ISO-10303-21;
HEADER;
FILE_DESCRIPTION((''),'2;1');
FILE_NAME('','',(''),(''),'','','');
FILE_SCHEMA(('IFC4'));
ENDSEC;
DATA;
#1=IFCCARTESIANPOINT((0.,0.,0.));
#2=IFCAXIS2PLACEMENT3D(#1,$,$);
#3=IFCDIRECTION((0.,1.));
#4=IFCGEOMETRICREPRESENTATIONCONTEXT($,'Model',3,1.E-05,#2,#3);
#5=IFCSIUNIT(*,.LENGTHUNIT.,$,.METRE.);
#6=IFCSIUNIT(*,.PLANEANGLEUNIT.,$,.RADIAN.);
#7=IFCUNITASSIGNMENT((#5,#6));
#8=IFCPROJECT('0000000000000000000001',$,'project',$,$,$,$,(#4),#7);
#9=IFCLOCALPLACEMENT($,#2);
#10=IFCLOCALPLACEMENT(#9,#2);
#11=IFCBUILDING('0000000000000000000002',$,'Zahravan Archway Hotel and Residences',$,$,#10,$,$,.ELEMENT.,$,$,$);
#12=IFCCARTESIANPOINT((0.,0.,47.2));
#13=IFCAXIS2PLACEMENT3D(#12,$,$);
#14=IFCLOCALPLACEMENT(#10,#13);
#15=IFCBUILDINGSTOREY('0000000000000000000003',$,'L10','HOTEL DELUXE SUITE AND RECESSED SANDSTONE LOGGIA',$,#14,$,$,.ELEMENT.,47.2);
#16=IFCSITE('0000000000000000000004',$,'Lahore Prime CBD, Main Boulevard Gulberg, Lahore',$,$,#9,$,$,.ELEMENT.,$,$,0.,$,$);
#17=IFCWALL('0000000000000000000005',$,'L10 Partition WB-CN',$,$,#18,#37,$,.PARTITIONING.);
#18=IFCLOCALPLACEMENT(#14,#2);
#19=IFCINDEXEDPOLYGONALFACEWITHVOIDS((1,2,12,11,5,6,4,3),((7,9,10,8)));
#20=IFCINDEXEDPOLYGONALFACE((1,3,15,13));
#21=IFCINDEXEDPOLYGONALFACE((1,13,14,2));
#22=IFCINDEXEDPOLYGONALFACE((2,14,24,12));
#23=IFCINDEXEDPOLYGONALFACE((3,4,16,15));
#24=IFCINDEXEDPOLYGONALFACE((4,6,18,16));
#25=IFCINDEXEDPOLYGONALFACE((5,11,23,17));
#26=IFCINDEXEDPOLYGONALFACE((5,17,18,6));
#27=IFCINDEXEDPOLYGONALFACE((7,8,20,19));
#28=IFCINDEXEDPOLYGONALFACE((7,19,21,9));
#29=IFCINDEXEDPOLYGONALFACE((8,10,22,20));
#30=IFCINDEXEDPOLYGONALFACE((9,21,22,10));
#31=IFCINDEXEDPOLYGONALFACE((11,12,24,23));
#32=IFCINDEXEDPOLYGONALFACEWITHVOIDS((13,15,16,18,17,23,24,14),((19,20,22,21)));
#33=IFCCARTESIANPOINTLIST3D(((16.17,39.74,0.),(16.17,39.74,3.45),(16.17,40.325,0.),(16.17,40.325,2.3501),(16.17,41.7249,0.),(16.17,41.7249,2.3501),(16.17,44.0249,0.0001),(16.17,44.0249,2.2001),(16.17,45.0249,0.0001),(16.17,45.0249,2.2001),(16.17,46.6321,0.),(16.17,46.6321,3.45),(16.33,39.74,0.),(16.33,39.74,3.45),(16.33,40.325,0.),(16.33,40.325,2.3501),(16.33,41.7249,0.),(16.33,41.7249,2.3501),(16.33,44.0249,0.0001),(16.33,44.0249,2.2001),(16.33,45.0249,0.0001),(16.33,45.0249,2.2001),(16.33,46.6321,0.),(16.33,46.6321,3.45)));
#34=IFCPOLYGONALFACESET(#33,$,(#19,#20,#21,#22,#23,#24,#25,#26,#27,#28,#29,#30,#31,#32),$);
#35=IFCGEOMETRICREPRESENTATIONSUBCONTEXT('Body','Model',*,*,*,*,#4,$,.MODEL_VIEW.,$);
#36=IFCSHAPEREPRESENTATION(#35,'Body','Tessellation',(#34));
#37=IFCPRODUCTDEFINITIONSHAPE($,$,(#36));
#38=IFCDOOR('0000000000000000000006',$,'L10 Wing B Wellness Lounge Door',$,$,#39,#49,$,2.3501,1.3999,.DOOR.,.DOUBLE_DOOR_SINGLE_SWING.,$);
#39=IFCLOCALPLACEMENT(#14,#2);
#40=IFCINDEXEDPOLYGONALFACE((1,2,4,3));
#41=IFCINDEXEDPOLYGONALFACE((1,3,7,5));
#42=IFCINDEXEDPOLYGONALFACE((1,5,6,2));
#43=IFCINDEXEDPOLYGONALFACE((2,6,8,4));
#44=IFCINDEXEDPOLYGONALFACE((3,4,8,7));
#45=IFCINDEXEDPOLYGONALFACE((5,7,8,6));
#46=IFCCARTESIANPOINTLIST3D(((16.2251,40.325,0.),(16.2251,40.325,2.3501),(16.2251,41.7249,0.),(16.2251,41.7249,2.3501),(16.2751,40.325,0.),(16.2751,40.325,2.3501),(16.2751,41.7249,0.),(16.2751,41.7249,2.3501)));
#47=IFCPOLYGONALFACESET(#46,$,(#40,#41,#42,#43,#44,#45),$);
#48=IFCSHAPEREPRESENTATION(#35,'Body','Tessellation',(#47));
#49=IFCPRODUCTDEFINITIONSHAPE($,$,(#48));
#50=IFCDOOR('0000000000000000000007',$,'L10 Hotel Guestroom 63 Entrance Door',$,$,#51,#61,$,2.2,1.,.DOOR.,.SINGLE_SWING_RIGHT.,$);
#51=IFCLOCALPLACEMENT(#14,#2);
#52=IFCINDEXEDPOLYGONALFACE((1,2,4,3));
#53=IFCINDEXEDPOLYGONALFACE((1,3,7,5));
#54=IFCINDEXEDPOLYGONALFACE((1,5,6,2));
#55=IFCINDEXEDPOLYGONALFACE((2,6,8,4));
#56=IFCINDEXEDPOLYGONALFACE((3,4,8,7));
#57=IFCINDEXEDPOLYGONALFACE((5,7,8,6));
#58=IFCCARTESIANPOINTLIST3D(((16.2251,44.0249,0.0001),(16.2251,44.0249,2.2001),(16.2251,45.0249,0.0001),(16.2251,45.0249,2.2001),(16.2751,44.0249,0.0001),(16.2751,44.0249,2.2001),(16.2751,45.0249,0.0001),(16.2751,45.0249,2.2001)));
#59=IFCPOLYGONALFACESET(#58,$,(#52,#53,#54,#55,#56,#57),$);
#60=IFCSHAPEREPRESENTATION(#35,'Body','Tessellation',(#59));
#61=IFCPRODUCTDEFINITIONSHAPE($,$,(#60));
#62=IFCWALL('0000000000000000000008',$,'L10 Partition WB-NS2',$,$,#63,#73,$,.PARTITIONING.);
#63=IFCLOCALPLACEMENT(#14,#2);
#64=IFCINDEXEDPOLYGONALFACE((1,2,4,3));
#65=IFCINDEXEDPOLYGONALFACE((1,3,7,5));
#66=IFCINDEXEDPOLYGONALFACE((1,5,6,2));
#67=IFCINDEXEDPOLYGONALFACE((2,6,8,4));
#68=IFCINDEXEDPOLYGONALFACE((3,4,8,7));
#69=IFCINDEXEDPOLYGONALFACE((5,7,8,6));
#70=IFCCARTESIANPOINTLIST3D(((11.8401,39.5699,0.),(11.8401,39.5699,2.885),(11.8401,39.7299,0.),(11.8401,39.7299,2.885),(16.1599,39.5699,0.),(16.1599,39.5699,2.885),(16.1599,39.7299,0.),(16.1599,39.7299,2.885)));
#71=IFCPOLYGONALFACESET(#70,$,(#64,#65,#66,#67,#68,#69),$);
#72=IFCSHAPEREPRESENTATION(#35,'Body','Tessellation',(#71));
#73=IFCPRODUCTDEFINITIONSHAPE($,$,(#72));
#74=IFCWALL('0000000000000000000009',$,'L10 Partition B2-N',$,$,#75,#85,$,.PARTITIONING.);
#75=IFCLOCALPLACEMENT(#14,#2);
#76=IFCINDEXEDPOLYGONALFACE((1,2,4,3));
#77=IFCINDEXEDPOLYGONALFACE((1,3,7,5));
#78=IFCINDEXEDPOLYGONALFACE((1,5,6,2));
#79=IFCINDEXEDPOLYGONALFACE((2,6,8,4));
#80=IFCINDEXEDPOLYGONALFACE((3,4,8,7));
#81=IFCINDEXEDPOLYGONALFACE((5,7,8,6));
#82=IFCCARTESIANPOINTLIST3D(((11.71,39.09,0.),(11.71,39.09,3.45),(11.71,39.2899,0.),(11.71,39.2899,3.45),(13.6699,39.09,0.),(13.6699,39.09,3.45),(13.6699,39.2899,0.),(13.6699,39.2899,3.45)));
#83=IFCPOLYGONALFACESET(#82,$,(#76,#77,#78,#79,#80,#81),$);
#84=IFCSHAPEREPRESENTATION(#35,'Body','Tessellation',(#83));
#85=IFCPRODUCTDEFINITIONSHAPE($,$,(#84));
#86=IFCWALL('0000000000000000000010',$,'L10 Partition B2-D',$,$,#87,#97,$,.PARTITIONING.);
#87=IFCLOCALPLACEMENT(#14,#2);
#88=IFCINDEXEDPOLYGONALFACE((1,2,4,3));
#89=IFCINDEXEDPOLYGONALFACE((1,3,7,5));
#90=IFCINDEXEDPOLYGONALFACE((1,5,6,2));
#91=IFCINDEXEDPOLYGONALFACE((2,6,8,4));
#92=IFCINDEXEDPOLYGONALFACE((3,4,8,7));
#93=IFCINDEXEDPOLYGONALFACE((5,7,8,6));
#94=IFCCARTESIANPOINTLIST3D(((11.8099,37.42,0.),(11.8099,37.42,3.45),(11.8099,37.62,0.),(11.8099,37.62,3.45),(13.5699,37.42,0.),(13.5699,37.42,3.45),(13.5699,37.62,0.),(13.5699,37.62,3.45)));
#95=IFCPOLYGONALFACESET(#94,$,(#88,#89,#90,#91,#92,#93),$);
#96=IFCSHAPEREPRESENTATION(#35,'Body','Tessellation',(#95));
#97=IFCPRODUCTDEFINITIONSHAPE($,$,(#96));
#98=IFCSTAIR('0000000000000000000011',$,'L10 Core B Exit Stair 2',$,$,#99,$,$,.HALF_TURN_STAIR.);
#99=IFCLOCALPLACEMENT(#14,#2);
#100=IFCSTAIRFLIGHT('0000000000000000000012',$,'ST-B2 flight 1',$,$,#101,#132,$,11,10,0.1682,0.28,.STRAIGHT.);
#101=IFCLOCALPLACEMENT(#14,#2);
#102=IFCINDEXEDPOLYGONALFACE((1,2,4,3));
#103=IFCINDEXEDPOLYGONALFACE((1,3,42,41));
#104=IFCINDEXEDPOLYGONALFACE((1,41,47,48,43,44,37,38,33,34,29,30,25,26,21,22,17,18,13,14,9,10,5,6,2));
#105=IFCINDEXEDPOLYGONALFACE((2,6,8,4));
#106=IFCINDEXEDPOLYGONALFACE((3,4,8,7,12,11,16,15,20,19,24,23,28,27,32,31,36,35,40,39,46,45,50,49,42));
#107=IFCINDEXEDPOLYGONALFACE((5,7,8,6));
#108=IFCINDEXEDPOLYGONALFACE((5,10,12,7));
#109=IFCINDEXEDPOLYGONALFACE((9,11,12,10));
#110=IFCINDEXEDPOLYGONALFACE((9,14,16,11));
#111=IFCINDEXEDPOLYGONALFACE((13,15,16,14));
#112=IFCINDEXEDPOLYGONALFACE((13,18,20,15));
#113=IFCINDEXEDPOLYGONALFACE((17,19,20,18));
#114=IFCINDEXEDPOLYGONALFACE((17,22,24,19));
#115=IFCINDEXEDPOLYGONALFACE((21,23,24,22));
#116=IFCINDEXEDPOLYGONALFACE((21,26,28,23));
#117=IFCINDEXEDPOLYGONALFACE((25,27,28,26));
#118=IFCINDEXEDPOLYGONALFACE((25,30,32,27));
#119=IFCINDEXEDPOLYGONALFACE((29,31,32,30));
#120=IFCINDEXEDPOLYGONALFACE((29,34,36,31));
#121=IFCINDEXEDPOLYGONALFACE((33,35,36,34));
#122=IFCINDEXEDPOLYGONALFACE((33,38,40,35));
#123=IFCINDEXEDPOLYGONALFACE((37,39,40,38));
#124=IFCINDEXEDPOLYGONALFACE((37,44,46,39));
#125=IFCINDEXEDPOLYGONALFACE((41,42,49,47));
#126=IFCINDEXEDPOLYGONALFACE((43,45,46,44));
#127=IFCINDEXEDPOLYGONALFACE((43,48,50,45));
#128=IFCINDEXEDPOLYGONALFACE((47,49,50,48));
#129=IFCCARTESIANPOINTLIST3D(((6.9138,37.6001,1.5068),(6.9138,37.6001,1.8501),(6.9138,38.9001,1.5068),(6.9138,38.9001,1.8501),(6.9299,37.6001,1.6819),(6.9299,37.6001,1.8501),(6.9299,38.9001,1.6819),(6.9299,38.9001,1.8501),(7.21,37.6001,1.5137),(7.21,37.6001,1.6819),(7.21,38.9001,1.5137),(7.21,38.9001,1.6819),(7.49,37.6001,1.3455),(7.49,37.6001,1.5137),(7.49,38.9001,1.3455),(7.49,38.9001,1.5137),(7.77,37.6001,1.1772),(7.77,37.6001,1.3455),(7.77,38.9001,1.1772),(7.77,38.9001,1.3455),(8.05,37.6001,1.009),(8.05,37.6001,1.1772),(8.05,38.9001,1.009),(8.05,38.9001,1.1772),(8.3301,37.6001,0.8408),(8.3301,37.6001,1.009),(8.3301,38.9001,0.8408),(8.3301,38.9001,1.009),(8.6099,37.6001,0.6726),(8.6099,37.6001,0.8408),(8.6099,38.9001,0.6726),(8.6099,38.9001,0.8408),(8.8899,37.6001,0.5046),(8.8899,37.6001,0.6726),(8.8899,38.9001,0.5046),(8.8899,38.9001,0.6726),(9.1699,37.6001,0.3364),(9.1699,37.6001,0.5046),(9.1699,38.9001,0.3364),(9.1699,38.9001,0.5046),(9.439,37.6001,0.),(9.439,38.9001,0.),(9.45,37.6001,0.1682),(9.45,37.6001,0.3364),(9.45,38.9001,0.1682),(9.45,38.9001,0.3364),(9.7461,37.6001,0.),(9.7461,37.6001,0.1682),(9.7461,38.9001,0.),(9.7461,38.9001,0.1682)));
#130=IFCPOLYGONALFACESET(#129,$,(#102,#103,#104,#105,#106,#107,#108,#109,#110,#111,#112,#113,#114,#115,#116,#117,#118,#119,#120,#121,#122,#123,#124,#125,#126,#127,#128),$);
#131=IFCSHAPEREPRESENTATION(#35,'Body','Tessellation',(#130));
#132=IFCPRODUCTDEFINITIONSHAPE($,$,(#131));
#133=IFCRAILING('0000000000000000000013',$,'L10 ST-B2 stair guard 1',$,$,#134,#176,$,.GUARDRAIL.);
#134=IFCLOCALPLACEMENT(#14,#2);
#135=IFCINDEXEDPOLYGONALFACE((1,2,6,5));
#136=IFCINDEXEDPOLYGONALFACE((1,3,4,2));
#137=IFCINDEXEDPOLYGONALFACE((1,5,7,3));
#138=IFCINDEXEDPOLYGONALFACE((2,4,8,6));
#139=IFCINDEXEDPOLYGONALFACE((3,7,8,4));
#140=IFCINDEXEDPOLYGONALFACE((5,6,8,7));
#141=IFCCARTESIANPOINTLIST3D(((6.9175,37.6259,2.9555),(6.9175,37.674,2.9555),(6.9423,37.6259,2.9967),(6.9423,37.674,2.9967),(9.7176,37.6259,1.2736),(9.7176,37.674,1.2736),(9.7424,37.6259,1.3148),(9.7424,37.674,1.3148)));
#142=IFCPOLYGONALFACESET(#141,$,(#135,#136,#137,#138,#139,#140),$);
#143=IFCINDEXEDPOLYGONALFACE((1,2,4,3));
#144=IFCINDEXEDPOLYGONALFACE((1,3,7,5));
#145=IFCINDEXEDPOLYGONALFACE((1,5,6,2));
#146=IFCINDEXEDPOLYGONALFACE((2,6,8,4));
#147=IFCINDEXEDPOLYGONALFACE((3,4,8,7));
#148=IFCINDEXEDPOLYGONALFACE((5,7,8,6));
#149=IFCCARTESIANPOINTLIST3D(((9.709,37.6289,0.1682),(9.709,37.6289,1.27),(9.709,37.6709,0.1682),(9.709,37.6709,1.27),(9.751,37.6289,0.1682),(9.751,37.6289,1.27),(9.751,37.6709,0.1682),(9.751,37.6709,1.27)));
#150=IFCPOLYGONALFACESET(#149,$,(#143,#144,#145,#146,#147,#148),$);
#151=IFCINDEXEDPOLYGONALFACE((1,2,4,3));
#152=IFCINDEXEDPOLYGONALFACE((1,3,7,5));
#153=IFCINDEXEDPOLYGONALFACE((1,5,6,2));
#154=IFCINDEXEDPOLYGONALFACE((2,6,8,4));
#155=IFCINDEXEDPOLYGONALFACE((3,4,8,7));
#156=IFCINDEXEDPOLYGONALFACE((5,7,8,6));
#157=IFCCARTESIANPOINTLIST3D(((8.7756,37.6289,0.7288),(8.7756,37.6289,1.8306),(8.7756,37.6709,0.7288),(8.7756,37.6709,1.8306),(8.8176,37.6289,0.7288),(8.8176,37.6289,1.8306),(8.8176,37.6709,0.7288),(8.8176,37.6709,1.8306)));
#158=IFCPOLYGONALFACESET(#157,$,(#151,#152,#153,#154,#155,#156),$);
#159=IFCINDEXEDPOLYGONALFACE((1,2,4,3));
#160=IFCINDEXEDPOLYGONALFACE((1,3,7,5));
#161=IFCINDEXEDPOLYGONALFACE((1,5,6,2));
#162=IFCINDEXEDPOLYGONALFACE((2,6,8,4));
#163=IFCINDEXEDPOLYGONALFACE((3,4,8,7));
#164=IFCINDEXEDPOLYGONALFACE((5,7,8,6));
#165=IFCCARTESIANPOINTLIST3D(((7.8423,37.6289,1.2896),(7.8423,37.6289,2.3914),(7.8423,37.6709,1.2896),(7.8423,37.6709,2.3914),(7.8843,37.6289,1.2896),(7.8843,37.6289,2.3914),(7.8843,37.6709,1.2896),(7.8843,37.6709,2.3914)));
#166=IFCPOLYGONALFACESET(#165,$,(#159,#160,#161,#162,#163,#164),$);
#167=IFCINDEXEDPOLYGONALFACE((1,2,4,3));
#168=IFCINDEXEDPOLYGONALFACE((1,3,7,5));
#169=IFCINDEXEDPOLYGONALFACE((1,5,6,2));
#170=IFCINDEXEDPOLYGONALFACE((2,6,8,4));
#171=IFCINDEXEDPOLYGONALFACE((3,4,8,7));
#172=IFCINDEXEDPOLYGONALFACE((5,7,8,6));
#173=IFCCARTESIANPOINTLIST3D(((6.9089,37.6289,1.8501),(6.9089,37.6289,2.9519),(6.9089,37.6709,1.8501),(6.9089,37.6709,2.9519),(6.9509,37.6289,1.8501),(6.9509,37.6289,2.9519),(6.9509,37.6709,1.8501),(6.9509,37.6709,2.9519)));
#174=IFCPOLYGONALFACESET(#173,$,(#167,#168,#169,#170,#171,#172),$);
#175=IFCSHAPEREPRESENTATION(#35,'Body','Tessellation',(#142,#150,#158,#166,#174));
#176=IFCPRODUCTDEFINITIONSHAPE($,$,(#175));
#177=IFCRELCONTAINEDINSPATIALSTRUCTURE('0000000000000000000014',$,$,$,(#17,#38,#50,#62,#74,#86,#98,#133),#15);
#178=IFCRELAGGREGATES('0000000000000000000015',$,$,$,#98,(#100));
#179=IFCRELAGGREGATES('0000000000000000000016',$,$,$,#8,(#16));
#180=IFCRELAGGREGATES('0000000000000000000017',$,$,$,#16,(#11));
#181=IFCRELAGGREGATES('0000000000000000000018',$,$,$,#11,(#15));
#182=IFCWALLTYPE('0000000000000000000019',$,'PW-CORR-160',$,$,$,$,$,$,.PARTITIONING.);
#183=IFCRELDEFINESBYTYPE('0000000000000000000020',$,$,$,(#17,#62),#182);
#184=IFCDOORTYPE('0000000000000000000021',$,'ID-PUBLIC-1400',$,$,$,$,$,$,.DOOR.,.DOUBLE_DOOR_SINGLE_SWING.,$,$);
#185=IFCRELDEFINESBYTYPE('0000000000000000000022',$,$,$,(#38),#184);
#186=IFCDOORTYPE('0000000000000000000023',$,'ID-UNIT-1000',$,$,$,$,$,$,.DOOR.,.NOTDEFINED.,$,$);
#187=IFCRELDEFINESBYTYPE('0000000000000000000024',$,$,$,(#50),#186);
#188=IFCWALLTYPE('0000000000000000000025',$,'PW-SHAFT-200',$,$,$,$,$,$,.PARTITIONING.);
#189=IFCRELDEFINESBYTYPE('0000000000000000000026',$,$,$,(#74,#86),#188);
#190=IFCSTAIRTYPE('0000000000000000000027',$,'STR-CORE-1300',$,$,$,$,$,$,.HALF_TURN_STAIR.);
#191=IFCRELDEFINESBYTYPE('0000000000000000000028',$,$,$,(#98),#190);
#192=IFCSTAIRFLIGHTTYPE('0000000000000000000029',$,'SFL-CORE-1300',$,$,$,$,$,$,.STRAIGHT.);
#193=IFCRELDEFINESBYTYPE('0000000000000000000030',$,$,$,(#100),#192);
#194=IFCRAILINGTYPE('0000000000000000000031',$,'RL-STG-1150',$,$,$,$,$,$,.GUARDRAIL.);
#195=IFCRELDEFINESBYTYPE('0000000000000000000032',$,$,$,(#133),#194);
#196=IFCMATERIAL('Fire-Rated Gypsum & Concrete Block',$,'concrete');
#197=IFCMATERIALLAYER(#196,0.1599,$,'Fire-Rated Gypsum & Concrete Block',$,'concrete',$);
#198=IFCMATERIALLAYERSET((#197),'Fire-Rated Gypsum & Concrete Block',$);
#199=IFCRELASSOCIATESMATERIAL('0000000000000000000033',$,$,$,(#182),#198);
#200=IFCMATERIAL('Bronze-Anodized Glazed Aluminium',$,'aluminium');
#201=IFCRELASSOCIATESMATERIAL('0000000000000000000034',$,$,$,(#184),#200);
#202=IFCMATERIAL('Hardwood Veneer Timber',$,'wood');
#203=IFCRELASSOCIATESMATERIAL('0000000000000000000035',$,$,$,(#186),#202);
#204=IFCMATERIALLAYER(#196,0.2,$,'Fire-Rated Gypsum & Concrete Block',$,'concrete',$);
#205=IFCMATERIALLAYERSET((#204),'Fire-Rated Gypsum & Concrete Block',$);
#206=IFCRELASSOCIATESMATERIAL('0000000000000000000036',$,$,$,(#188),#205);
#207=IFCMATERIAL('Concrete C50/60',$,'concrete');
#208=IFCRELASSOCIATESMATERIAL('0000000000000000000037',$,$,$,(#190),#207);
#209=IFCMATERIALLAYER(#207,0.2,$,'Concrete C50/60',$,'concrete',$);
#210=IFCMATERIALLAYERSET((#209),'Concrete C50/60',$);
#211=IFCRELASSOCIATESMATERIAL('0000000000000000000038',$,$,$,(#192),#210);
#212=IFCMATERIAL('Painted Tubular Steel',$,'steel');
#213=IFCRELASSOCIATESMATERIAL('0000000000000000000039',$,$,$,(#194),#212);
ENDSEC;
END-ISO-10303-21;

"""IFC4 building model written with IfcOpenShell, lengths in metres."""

from ifc_helpers import new_model, si_unit, direction, frame, frame_2d, origin, origin_2d, place, context, subcontext, project, spatial, polyline, rectangle, outline, extrude, source, transform, mapped, material, layer, layer_set, type_object, type_shapes, element, fill, aggregate, save


model = new_model("IFC4")

# Units and contexts
model_context = context("Model", 3, precision=1e-05, world=origin(), true_north=direction((0.0, 1.0)))
body_context = subcontext(model_context, "Body", "Model", "MODEL_VIEW")
ifc_project = project(units=[si_unit("LENGTHUNIT", "METRE"), si_unit("PLANEANGLEUNIT", "RADIAN")], contexts=[model_context])

# Site, building, storey
site_placement = place(None, origin())
site = spatial("IfcSite", under=ifc_project, at=site_placement, Name="Lahore Prime CBD, Main Boulevard Gulberg, Lahore", CompositionType="ELEMENT", RefElevation=0.0)
building_placement = place(site_placement, origin())
building = spatial("IfcBuilding", under=site, at=building_placement, Name="Zahravan Archway Hotel and Residences", CompositionType="ELEMENT")
storey_placement = place(building_placement, frame((0.0, 0.0, 47.2)))
storey = spatial("IfcBuildingStorey", under=building, at=storey_placement, Name="L10", Description="HOTEL DELUXE SUITE AND RECESSED SANDSTONE LOGGIA", CompositionType="ELEMENT", Elevation=47.2)

# Wall, openings, doors
ifc_material_1 = material(Name="Fire-Rated Gypsum & Concrete Block", Category="concrete")
ifc_layer_1 = layer(ifc_material_1, 0.1599, Name="Fire-Rated Gypsum & Concrete Block", Category="concrete")
ifc_layer_set_1 = layer_set([ifc_layer_1], Name="Fire-Rated Gypsum & Concrete Block")
wall_type_1 = type_object("IfcWallType", Name="PW-CORR-160", PredefinedType="PARTITIONING", material=ifc_layer_set_1)
wall_1_placement = place(storey_placement, frame((16.25, 39.74, 0.0), z_axis=(0.0, 0.0, 1.0), x_axis=(0.0, 1.0, 0.0)))
wall_1 = element("IfcWall", 1, at=wall_1_placement, inside=storey, type_object=wall_type_1, Name="L10 Partition WB-CN", PredefinedType="PARTITIONING", context=body_context, shape_type="SweptSolid", body=[
    extrude(rectangle(XDim=6.8921, YDim=0.1599, at=frame_2d((3.446, 0.0))), origin(), (0.0, 0.0, 1.0), 3.45),
])
opening_1_placement = place(wall_1_placement, frame((0.585, 0.0, 0.0)))
opening_1 = element("IfcOpeningElement", 2, at=opening_1_placement, cuts=wall_1, PredefinedType="OPENING", context=body_context, shape_type="SweptSolid", body=[
    extrude(rectangle(XDim=1.3999, YDim=2.3501, at=frame_2d((0.7, 1.175))), frame((0.0, 0.0898, 0.0), z_axis=(0.0, -1.0, 0.0), x_axis=(1.0, 0.0, 0.0)), (0.0, 0.0, 1.0), 0.1799),
])
opening_2_placement = place(wall_1_placement, frame((4.2849, 0.0, 0.0)))
opening_2 = element("IfcOpeningElement", 3, at=opening_2_placement, cuts=wall_1, PredefinedType="OPENING", context=body_context, shape_type="SweptSolid", body=[
    extrude(rectangle(XDim=1.0, YDim=2.2, at=frame_2d((0.5, 1.1001))), frame((0.0, 0.0898, 0.0), z_axis=(0.0, -1.0, 0.0), x_axis=(1.0, 0.0, 0.0)), (0.0, 0.0, 1.0), 0.1799),
])
ifc_material_2 = material(Name="Bronze-Anodized Glazed Aluminium", Category="aluminium")
door_type_1 = type_object("IfcDoorType", Name="ID-PUBLIC-1400", OperationType="DOUBLE_DOOR_SINGLE_SWING", PredefinedType="DOOR", material=ifc_material_2)
shared_shape_1 = source(origin(), body_context, "Body", "SweptSolid", [
    extrude(rectangle(XDim=1.3999, YDim=2.3501, at=frame_2d((0.7, 1.175))), frame((0.0, 0.0249, 0.0), z_axis=(0.0, -1.0, 0.0), x_axis=(1.0, 0.0, 0.0)), (0.0, 0.0, 1.0), 0.05),
])
type_shapes(door_type_1, [shared_shape_1])
door_1_placement = place(opening_1_placement, origin())
door_1 = element("IfcDoor", 4, at=door_1_placement, inside=storey, type_object=door_type_1, Name="L10 Wing B Wellness Lounge Door", OperationType="DOUBLE_DOOR_SINGLE_SWING", OverallHeight=2.3501, OverallWidth=1.3999, PredefinedType="DOOR", context=body_context, shape_type="MappedRepresentation", body=[
    mapped(shared_shape_1, transform((0.0, 0.0, 0.0), scale=1.0)),
])
fill(opening_1, door_1)
ifc_material_3 = material(Name="Hardwood Veneer Timber", Category="wood")
door_type_2 = type_object("IfcDoorType", Name="ID-UNIT-1000", OperationType="NOTDEFINED", PredefinedType="DOOR", material=ifc_material_3)
shared_shape_2 = source(origin(), body_context, "Body", "SweptSolid", [
    extrude(rectangle(XDim=1.0, YDim=2.2, at=frame_2d((0.5, 1.1001))), frame((0.0, 0.0249, 0.0), z_axis=(0.0, -1.0, 0.0), x_axis=(1.0, 0.0, 0.0)), (0.0, 0.0, 1.0), 0.05),
])
type_shapes(door_type_2, [shared_shape_2])
door_2_placement = place(opening_2_placement, origin())
door_2 = element("IfcDoor", 5, at=door_2_placement, inside=storey, type_object=door_type_2, Name="L10 Hotel Guestroom 63 Entrance Door", OperationType="SINGLE_SWING_RIGHT", OverallHeight=2.2, OverallWidth=1.0, PredefinedType="DOOR", context=body_context, shape_type="MappedRepresentation", body=[
    mapped(shared_shape_2, transform((0.0, 0.0, 0.0), scale=1.0)),
])
fill(opening_2, door_2)

# Walls
wall_2_placement = place(storey_placement, frame((11.8401, 39.6499, 0.0), z_axis=(0.0, 0.0, 1.0), x_axis=(1.0, 0.0, 0.0)))
element("IfcWall", 6, at=wall_2_placement, inside=storey, type_object=wall_type_1, Name="L10 Partition WB-NS2", PredefinedType="PARTITIONING", context=body_context, shape_type="SweptSolid", body=[
    extrude(rectangle(XDim=4.3198, YDim=0.1599, at=frame_2d((2.1599, 0.0))), origin(), (0.0, 0.0, 1.0), 2.885),
])
ifc_layer_2 = layer(ifc_material_1, 0.2, Name="Fire-Rated Gypsum & Concrete Block", Category="concrete")
ifc_layer_set_2 = layer_set([ifc_layer_2], Name="Fire-Rated Gypsum & Concrete Block")
wall_type_2 = type_object("IfcWallType", Name="PW-SHAFT-200", PredefinedType="PARTITIONING", material=ifc_layer_set_2)
wall_3_placement = place(storey_placement, frame((11.71, 39.1899, 0.0), z_axis=(0.0, 0.0, 1.0), x_axis=(1.0, 0.0, 0.0)))
element("IfcWall", 7, at=wall_3_placement, inside=storey, type_object=wall_type_2, Name="L10 Partition B2-N", PredefinedType="PARTITIONING", context=body_context, shape_type="SweptSolid", body=[
    extrude(rectangle(XDim=1.96, YDim=0.2, at=frame_2d((0.98, 0.0))), origin(), (0.0, 0.0, 1.0), 3.45),
])
wall_4_placement = place(storey_placement, frame((11.8101, 37.52, 0.0), z_axis=(0.0, 0.0, 1.0), x_axis=(1.0, 0.0, 0.0)))
element("IfcWall", 8, at=wall_4_placement, inside=storey, type_object=wall_type_2, Name="L10 Partition B2-D", PredefinedType="PARTITIONING", context=body_context, shape_type="SweptSolid", body=[
    extrude(rectangle(XDim=1.76, YDim=0.2, at=frame_2d((0.8799, 0.0))), origin(), (0.0, 0.0, 1.0), 3.45),
])

# Stair, stair flight
ifc_material_4 = material(Name="Concrete C50/60", Category="concrete")
stair_type = type_object("IfcStairType", Name="STR-CORE-1300", PredefinedType="HALF_TURN_STAIR", material=ifc_material_4)
stair_placement = place(storey_placement, origin())
stair = element("IfcStair", 9, at=stair_placement, inside=storey, type_object=stair_type, Name="L10 Core B Exit Stair 2", PredefinedType="HALF_TURN_STAIR")
ifc_layer_3 = layer(ifc_material_4, 0.2, Name="Concrete C50/60", Category="concrete")
ifc_layer_set_3 = layer_set([ifc_layer_3], Name="Concrete C50/60")
stair_flight_type = type_object("IfcStairFlightType", Name="SFL-CORE-1300", PredefinedType="STRAIGHT", material=ifc_layer_set_3)
shared_shape_3 = source(origin(), body_context, "Body", "SweptSolid", [
    extrude(outline(polyline([(-0.0161, 0.0), (-0.0161, 0.1682), (0.28, 0.1682), (0.28, 0.3364), (0.5601, 0.3364), (0.5601, 0.5046), (0.8401, 0.5046), (0.8401, 0.6726), (1.1201, 0.6726), (1.1201, 0.8408), (1.3999, 0.8408), (1.3999, 1.009), (1.6799, 1.009), (1.6799, 1.1772), (1.96, 1.1772), (1.96, 1.3455), (2.24, 1.3455), (2.24, 1.5137), (2.52, 1.5137), (2.52, 1.6819), (2.8, 1.6819), (2.8, 1.8501), (2.8162, 1.8501), (2.8162, 1.5068), (0.291, 0.0), (-0.0161, 0.0)])), frame((0.0, 0.6499, 0.0), z_axis=(0.0, -1.0, 0.0), x_axis=(1.0, 0.0, 0.0)), (0.0, 0.0, 1.0), 1.3),
])
stair_flight_placement = place(storey_placement, frame((9.73, 38.25, 0.0), z_axis=(0.0, 0.0, 1.0), x_axis=(-1.0, 0.0, 0.0)))
stair_flight = element("IfcStairFlight", 10, at=stair_flight_placement, type_object=stair_flight_type, Name="ST-B2 flight 1", NumberOfRisers=11, NumberOfTreads=10, PredefinedType="STRAIGHT", RiserHeight=0.1682, TreadLength=0.28, context=body_context, shape_type="MappedRepresentation", body=[
    mapped(shared_shape_3, transform((0.0, 0.0, 0.0), scale=1.0)),
])
aggregate(stair, [stair_flight])

# Railing
ifc_material_5 = material(Name="Painted Tubular Steel", Category="steel")
railing_type_1 = type_object("IfcRailingType", Name="RL-STG-1150", PredefinedType="GUARDRAIL", material=ifc_material_5)
railing_1_placement = place(storey_placement, frame((9.73, 37.6499, 0.1682)))
element("IfcRailing", 11, at=railing_1_placement, inside=storey, type_object=railing_type_1, Name="L10 ST-B2 stair guard 1", PredefinedType="GUARDRAIL", context=body_context, shape_type="SweptSolid", body=[
    extrude(rectangle(XDim=0.0481, YDim=0.0481, at=origin_2d()), frame((0.0, 0.0, 1.126), z_axis=(-0.857242, 0.0, 0.514913), x_axis=(0.0, -1.0, 0.0)), (0.0, 0.0, 1.0), 3.2664),
    extrude(rectangle(XDim=0.042, YDim=0.042, at=origin_2d()), origin(), (0.0, 0.0, 1.0), 1.1018),
    extrude(rectangle(XDim=0.042, YDim=0.042, at=origin_2d()), frame((-0.9333, 0.0, 0.5605)), (0.0, 0.0, 1.0), 1.1018),
    extrude(rectangle(XDim=0.042, YDim=0.042, at=origin_2d()), frame((-1.8667, 0.0, 1.1213)), (0.0, 0.0, 1.0), 1.1018),
    extrude(rectangle(XDim=0.042, YDim=0.042, at=origin_2d()), frame((-2.8, 0.0, 1.6819)), (0.0, 0.0, 1.0), 1.1018),
])

save(model, "model.ifc")
